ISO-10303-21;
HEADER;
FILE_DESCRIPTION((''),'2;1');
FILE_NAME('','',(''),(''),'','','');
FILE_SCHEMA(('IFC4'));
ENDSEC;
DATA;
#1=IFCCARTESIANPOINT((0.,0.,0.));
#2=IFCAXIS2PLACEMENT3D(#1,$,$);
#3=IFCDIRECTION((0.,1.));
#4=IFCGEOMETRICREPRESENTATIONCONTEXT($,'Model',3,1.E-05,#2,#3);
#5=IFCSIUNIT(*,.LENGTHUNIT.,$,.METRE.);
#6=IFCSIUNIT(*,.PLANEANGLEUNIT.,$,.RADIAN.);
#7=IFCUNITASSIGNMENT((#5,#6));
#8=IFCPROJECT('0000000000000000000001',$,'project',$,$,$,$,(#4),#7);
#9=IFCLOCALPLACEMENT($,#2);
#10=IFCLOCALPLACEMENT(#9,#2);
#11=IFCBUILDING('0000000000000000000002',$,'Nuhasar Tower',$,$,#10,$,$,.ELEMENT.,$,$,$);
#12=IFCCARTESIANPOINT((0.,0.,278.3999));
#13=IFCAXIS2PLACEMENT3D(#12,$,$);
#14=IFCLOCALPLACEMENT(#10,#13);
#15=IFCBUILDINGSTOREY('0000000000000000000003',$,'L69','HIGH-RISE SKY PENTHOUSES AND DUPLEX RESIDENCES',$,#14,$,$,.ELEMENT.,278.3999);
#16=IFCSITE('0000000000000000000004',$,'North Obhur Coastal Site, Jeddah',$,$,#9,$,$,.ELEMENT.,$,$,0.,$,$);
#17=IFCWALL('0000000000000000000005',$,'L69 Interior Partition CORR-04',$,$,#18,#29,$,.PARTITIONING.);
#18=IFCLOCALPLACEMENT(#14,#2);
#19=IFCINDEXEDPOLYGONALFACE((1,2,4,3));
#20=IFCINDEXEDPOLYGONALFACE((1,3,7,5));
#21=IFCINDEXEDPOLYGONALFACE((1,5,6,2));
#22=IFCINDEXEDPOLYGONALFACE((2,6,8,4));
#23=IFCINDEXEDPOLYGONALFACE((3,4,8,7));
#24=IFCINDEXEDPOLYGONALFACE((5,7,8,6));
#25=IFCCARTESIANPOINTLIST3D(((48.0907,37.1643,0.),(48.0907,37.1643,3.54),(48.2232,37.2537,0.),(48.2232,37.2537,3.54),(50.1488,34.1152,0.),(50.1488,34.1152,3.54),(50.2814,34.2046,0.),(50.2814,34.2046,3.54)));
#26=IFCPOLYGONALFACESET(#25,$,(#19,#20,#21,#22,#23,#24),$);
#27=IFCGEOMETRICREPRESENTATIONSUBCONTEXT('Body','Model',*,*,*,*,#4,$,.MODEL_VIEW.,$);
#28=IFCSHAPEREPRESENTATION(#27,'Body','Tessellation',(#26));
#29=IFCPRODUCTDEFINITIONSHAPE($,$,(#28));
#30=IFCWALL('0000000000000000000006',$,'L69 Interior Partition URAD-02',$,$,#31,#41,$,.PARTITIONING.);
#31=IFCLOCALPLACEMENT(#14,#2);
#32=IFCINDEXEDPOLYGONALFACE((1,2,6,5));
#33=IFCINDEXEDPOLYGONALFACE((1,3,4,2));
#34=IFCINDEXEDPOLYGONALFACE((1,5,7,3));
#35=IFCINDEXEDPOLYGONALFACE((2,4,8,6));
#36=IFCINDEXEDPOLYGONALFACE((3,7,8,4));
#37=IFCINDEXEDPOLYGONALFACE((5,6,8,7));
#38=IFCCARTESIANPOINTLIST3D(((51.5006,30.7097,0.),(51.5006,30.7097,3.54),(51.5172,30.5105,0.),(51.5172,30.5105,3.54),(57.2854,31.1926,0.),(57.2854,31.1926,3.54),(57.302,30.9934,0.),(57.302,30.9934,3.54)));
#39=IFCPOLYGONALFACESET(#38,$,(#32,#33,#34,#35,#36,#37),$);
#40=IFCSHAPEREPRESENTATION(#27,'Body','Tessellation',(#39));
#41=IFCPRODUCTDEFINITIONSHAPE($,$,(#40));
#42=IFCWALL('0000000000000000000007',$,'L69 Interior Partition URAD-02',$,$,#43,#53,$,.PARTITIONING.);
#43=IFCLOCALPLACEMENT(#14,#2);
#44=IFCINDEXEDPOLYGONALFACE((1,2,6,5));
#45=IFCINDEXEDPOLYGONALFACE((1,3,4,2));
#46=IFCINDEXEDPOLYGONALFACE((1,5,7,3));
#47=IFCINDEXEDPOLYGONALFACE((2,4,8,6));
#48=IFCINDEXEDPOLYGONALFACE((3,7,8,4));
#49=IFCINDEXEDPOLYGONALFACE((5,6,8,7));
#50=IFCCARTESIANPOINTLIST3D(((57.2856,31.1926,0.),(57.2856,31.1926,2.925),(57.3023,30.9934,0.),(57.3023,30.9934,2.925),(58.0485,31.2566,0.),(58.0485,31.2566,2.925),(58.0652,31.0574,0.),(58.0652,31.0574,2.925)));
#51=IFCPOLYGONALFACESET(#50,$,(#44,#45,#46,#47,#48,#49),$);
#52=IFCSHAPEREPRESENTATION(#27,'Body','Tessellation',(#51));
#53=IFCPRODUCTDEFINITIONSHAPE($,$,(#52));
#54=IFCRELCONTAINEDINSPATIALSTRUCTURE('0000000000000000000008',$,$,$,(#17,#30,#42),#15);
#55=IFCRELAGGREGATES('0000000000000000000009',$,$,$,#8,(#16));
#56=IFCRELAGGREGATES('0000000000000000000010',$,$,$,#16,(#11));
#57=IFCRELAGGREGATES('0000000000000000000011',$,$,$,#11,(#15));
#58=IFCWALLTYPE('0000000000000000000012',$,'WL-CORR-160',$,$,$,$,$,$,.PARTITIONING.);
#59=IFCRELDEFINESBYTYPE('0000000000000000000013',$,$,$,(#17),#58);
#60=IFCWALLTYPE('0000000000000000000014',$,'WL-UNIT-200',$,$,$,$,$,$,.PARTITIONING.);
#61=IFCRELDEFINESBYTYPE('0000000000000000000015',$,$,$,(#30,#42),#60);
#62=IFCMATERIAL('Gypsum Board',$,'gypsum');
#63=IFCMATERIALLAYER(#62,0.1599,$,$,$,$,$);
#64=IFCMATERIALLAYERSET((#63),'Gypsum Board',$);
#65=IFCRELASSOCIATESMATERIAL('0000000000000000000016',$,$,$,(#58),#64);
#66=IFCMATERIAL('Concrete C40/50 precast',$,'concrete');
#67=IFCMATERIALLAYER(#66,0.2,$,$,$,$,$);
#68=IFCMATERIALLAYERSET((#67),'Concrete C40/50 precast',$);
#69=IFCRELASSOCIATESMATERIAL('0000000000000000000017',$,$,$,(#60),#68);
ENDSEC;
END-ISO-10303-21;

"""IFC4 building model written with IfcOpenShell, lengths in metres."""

from ifc_helpers import new_model, si_unit, direction, frame, frame_2d, origin, place, context, subcontext, project, spatial, rectangle, extrude, material, layer, layer_set, type_object, element, save


model = new_model("IFC4")

# Units and contexts
model_context = context("Model", 3, precision=1e-05, world=origin(), true_north=direction((0.0, 1.0)))
body_context = subcontext(model_context, "Body", "Model", "MODEL_VIEW")
ifc_project = project(units=[si_unit("LENGTHUNIT", "METRE"), si_unit("PLANEANGLEUNIT", "RADIAN")], contexts=[model_context])

# Site, building, storey
site_placement = place(None, origin())
site = spatial("IfcSite", under=ifc_project, at=site_placement, Name="North Obhur Coastal Site, Jeddah", CompositionType="ELEMENT", RefElevation=0.0)
building_placement = place(site_placement, origin())
building = spatial("IfcBuilding", under=site, at=building_placement, Name="Nuhasar Tower", CompositionType="ELEMENT")
storey_placement = place(building_placement, frame((0.0, 0.0, 278.3999)))
storey = spatial("IfcBuildingStorey", under=building, at=storey_placement, Name="L69", Description="HIGH-RISE SKY PENTHOUSES AND DUPLEX RESIDENCES", CompositionType="ELEMENT", Elevation=278.3999)

# Shared definitions
ifc_material_1 = material(Name="Gypsum Board", Category="gypsum")
ifc_layer_1 = layer(ifc_material_1, 0.1599)
ifc_layer_set_1 = layer_set([ifc_layer_1], Name="Gypsum Board")
wall_type_1 = type_object("IfcWallType", Name="WL-CORR-160", PredefinedType="PARTITIONING", material=ifc_layer_set_1)

# Walls
wall_1_placement = place(storey_placement, frame((50.2151, 34.1599, 0.0), z_axis=(0.0, 0.0, 1.0), x_axis=(-0.559469, 0.828851, 0.0)))
element("IfcWall", 1, at=wall_1_placement, inside=storey, type_object=wall_type_1, Name="L69 Interior Partition CORR-04", PredefinedType="PARTITIONING", context=body_context, shape_type="SweptSolid", body=[
    extrude(rectangle(XDim=3.6787, YDim=0.1599, at=frame_2d((1.8394, 0.0))), origin(), (0.0, 0.0, 1.0), 3.54),
])
ifc_material_2 = material(Name="Concrete C40/50 precast", Category="concrete")
ifc_layer_2 = layer(ifc_material_2, 0.2)
ifc_layer_set_2 = layer_set([ifc_layer_2], Name="Concrete C40/50 precast")
wall_type_2 = type_object("IfcWallType", Name="WL-UNIT-200", PredefinedType="PARTITIONING", material=ifc_layer_set_2)
wall_2_placement = place(storey_placement, frame((51.509, 30.6101, 0.0), z_axis=(0.0, 0.0, 1.0), x_axis=(0.996534, 0.083188, 0.0)))
element("IfcWall", 2, at=wall_2_placement, inside=storey, type_object=wall_type_2, Name="L69 Interior Partition URAD-02", PredefinedType="PARTITIONING", context=body_context, shape_type="SweptSolid", body=[
    extrude(rectangle(XDim=5.8049, YDim=0.2, at=frame_2d((2.9023, 0.0))), origin(), (0.0, 0.0, 1.0), 3.54),
])
wall_3_placement = place(storey_placement, frame((57.2939, 31.093, 0.0), z_axis=(0.0, 0.0, 1.0), x_axis=(0.996504, 0.083547, 0.0)))
element("IfcWall", 3, at=wall_3_placement, inside=storey, type_object=wall_type_2, Name="L69 Interior Partition URAD-02", PredefinedType="PARTITIONING", context=body_context, shape_type="SweptSolid", body=[
    extrude(rectangle(XDim=0.7656, YDim=0.2, at=frame_2d((0.3828, 0.0))), origin(), (0.0, 0.0, 1.0), 2.925),
])

save(model, "model.ifc")
